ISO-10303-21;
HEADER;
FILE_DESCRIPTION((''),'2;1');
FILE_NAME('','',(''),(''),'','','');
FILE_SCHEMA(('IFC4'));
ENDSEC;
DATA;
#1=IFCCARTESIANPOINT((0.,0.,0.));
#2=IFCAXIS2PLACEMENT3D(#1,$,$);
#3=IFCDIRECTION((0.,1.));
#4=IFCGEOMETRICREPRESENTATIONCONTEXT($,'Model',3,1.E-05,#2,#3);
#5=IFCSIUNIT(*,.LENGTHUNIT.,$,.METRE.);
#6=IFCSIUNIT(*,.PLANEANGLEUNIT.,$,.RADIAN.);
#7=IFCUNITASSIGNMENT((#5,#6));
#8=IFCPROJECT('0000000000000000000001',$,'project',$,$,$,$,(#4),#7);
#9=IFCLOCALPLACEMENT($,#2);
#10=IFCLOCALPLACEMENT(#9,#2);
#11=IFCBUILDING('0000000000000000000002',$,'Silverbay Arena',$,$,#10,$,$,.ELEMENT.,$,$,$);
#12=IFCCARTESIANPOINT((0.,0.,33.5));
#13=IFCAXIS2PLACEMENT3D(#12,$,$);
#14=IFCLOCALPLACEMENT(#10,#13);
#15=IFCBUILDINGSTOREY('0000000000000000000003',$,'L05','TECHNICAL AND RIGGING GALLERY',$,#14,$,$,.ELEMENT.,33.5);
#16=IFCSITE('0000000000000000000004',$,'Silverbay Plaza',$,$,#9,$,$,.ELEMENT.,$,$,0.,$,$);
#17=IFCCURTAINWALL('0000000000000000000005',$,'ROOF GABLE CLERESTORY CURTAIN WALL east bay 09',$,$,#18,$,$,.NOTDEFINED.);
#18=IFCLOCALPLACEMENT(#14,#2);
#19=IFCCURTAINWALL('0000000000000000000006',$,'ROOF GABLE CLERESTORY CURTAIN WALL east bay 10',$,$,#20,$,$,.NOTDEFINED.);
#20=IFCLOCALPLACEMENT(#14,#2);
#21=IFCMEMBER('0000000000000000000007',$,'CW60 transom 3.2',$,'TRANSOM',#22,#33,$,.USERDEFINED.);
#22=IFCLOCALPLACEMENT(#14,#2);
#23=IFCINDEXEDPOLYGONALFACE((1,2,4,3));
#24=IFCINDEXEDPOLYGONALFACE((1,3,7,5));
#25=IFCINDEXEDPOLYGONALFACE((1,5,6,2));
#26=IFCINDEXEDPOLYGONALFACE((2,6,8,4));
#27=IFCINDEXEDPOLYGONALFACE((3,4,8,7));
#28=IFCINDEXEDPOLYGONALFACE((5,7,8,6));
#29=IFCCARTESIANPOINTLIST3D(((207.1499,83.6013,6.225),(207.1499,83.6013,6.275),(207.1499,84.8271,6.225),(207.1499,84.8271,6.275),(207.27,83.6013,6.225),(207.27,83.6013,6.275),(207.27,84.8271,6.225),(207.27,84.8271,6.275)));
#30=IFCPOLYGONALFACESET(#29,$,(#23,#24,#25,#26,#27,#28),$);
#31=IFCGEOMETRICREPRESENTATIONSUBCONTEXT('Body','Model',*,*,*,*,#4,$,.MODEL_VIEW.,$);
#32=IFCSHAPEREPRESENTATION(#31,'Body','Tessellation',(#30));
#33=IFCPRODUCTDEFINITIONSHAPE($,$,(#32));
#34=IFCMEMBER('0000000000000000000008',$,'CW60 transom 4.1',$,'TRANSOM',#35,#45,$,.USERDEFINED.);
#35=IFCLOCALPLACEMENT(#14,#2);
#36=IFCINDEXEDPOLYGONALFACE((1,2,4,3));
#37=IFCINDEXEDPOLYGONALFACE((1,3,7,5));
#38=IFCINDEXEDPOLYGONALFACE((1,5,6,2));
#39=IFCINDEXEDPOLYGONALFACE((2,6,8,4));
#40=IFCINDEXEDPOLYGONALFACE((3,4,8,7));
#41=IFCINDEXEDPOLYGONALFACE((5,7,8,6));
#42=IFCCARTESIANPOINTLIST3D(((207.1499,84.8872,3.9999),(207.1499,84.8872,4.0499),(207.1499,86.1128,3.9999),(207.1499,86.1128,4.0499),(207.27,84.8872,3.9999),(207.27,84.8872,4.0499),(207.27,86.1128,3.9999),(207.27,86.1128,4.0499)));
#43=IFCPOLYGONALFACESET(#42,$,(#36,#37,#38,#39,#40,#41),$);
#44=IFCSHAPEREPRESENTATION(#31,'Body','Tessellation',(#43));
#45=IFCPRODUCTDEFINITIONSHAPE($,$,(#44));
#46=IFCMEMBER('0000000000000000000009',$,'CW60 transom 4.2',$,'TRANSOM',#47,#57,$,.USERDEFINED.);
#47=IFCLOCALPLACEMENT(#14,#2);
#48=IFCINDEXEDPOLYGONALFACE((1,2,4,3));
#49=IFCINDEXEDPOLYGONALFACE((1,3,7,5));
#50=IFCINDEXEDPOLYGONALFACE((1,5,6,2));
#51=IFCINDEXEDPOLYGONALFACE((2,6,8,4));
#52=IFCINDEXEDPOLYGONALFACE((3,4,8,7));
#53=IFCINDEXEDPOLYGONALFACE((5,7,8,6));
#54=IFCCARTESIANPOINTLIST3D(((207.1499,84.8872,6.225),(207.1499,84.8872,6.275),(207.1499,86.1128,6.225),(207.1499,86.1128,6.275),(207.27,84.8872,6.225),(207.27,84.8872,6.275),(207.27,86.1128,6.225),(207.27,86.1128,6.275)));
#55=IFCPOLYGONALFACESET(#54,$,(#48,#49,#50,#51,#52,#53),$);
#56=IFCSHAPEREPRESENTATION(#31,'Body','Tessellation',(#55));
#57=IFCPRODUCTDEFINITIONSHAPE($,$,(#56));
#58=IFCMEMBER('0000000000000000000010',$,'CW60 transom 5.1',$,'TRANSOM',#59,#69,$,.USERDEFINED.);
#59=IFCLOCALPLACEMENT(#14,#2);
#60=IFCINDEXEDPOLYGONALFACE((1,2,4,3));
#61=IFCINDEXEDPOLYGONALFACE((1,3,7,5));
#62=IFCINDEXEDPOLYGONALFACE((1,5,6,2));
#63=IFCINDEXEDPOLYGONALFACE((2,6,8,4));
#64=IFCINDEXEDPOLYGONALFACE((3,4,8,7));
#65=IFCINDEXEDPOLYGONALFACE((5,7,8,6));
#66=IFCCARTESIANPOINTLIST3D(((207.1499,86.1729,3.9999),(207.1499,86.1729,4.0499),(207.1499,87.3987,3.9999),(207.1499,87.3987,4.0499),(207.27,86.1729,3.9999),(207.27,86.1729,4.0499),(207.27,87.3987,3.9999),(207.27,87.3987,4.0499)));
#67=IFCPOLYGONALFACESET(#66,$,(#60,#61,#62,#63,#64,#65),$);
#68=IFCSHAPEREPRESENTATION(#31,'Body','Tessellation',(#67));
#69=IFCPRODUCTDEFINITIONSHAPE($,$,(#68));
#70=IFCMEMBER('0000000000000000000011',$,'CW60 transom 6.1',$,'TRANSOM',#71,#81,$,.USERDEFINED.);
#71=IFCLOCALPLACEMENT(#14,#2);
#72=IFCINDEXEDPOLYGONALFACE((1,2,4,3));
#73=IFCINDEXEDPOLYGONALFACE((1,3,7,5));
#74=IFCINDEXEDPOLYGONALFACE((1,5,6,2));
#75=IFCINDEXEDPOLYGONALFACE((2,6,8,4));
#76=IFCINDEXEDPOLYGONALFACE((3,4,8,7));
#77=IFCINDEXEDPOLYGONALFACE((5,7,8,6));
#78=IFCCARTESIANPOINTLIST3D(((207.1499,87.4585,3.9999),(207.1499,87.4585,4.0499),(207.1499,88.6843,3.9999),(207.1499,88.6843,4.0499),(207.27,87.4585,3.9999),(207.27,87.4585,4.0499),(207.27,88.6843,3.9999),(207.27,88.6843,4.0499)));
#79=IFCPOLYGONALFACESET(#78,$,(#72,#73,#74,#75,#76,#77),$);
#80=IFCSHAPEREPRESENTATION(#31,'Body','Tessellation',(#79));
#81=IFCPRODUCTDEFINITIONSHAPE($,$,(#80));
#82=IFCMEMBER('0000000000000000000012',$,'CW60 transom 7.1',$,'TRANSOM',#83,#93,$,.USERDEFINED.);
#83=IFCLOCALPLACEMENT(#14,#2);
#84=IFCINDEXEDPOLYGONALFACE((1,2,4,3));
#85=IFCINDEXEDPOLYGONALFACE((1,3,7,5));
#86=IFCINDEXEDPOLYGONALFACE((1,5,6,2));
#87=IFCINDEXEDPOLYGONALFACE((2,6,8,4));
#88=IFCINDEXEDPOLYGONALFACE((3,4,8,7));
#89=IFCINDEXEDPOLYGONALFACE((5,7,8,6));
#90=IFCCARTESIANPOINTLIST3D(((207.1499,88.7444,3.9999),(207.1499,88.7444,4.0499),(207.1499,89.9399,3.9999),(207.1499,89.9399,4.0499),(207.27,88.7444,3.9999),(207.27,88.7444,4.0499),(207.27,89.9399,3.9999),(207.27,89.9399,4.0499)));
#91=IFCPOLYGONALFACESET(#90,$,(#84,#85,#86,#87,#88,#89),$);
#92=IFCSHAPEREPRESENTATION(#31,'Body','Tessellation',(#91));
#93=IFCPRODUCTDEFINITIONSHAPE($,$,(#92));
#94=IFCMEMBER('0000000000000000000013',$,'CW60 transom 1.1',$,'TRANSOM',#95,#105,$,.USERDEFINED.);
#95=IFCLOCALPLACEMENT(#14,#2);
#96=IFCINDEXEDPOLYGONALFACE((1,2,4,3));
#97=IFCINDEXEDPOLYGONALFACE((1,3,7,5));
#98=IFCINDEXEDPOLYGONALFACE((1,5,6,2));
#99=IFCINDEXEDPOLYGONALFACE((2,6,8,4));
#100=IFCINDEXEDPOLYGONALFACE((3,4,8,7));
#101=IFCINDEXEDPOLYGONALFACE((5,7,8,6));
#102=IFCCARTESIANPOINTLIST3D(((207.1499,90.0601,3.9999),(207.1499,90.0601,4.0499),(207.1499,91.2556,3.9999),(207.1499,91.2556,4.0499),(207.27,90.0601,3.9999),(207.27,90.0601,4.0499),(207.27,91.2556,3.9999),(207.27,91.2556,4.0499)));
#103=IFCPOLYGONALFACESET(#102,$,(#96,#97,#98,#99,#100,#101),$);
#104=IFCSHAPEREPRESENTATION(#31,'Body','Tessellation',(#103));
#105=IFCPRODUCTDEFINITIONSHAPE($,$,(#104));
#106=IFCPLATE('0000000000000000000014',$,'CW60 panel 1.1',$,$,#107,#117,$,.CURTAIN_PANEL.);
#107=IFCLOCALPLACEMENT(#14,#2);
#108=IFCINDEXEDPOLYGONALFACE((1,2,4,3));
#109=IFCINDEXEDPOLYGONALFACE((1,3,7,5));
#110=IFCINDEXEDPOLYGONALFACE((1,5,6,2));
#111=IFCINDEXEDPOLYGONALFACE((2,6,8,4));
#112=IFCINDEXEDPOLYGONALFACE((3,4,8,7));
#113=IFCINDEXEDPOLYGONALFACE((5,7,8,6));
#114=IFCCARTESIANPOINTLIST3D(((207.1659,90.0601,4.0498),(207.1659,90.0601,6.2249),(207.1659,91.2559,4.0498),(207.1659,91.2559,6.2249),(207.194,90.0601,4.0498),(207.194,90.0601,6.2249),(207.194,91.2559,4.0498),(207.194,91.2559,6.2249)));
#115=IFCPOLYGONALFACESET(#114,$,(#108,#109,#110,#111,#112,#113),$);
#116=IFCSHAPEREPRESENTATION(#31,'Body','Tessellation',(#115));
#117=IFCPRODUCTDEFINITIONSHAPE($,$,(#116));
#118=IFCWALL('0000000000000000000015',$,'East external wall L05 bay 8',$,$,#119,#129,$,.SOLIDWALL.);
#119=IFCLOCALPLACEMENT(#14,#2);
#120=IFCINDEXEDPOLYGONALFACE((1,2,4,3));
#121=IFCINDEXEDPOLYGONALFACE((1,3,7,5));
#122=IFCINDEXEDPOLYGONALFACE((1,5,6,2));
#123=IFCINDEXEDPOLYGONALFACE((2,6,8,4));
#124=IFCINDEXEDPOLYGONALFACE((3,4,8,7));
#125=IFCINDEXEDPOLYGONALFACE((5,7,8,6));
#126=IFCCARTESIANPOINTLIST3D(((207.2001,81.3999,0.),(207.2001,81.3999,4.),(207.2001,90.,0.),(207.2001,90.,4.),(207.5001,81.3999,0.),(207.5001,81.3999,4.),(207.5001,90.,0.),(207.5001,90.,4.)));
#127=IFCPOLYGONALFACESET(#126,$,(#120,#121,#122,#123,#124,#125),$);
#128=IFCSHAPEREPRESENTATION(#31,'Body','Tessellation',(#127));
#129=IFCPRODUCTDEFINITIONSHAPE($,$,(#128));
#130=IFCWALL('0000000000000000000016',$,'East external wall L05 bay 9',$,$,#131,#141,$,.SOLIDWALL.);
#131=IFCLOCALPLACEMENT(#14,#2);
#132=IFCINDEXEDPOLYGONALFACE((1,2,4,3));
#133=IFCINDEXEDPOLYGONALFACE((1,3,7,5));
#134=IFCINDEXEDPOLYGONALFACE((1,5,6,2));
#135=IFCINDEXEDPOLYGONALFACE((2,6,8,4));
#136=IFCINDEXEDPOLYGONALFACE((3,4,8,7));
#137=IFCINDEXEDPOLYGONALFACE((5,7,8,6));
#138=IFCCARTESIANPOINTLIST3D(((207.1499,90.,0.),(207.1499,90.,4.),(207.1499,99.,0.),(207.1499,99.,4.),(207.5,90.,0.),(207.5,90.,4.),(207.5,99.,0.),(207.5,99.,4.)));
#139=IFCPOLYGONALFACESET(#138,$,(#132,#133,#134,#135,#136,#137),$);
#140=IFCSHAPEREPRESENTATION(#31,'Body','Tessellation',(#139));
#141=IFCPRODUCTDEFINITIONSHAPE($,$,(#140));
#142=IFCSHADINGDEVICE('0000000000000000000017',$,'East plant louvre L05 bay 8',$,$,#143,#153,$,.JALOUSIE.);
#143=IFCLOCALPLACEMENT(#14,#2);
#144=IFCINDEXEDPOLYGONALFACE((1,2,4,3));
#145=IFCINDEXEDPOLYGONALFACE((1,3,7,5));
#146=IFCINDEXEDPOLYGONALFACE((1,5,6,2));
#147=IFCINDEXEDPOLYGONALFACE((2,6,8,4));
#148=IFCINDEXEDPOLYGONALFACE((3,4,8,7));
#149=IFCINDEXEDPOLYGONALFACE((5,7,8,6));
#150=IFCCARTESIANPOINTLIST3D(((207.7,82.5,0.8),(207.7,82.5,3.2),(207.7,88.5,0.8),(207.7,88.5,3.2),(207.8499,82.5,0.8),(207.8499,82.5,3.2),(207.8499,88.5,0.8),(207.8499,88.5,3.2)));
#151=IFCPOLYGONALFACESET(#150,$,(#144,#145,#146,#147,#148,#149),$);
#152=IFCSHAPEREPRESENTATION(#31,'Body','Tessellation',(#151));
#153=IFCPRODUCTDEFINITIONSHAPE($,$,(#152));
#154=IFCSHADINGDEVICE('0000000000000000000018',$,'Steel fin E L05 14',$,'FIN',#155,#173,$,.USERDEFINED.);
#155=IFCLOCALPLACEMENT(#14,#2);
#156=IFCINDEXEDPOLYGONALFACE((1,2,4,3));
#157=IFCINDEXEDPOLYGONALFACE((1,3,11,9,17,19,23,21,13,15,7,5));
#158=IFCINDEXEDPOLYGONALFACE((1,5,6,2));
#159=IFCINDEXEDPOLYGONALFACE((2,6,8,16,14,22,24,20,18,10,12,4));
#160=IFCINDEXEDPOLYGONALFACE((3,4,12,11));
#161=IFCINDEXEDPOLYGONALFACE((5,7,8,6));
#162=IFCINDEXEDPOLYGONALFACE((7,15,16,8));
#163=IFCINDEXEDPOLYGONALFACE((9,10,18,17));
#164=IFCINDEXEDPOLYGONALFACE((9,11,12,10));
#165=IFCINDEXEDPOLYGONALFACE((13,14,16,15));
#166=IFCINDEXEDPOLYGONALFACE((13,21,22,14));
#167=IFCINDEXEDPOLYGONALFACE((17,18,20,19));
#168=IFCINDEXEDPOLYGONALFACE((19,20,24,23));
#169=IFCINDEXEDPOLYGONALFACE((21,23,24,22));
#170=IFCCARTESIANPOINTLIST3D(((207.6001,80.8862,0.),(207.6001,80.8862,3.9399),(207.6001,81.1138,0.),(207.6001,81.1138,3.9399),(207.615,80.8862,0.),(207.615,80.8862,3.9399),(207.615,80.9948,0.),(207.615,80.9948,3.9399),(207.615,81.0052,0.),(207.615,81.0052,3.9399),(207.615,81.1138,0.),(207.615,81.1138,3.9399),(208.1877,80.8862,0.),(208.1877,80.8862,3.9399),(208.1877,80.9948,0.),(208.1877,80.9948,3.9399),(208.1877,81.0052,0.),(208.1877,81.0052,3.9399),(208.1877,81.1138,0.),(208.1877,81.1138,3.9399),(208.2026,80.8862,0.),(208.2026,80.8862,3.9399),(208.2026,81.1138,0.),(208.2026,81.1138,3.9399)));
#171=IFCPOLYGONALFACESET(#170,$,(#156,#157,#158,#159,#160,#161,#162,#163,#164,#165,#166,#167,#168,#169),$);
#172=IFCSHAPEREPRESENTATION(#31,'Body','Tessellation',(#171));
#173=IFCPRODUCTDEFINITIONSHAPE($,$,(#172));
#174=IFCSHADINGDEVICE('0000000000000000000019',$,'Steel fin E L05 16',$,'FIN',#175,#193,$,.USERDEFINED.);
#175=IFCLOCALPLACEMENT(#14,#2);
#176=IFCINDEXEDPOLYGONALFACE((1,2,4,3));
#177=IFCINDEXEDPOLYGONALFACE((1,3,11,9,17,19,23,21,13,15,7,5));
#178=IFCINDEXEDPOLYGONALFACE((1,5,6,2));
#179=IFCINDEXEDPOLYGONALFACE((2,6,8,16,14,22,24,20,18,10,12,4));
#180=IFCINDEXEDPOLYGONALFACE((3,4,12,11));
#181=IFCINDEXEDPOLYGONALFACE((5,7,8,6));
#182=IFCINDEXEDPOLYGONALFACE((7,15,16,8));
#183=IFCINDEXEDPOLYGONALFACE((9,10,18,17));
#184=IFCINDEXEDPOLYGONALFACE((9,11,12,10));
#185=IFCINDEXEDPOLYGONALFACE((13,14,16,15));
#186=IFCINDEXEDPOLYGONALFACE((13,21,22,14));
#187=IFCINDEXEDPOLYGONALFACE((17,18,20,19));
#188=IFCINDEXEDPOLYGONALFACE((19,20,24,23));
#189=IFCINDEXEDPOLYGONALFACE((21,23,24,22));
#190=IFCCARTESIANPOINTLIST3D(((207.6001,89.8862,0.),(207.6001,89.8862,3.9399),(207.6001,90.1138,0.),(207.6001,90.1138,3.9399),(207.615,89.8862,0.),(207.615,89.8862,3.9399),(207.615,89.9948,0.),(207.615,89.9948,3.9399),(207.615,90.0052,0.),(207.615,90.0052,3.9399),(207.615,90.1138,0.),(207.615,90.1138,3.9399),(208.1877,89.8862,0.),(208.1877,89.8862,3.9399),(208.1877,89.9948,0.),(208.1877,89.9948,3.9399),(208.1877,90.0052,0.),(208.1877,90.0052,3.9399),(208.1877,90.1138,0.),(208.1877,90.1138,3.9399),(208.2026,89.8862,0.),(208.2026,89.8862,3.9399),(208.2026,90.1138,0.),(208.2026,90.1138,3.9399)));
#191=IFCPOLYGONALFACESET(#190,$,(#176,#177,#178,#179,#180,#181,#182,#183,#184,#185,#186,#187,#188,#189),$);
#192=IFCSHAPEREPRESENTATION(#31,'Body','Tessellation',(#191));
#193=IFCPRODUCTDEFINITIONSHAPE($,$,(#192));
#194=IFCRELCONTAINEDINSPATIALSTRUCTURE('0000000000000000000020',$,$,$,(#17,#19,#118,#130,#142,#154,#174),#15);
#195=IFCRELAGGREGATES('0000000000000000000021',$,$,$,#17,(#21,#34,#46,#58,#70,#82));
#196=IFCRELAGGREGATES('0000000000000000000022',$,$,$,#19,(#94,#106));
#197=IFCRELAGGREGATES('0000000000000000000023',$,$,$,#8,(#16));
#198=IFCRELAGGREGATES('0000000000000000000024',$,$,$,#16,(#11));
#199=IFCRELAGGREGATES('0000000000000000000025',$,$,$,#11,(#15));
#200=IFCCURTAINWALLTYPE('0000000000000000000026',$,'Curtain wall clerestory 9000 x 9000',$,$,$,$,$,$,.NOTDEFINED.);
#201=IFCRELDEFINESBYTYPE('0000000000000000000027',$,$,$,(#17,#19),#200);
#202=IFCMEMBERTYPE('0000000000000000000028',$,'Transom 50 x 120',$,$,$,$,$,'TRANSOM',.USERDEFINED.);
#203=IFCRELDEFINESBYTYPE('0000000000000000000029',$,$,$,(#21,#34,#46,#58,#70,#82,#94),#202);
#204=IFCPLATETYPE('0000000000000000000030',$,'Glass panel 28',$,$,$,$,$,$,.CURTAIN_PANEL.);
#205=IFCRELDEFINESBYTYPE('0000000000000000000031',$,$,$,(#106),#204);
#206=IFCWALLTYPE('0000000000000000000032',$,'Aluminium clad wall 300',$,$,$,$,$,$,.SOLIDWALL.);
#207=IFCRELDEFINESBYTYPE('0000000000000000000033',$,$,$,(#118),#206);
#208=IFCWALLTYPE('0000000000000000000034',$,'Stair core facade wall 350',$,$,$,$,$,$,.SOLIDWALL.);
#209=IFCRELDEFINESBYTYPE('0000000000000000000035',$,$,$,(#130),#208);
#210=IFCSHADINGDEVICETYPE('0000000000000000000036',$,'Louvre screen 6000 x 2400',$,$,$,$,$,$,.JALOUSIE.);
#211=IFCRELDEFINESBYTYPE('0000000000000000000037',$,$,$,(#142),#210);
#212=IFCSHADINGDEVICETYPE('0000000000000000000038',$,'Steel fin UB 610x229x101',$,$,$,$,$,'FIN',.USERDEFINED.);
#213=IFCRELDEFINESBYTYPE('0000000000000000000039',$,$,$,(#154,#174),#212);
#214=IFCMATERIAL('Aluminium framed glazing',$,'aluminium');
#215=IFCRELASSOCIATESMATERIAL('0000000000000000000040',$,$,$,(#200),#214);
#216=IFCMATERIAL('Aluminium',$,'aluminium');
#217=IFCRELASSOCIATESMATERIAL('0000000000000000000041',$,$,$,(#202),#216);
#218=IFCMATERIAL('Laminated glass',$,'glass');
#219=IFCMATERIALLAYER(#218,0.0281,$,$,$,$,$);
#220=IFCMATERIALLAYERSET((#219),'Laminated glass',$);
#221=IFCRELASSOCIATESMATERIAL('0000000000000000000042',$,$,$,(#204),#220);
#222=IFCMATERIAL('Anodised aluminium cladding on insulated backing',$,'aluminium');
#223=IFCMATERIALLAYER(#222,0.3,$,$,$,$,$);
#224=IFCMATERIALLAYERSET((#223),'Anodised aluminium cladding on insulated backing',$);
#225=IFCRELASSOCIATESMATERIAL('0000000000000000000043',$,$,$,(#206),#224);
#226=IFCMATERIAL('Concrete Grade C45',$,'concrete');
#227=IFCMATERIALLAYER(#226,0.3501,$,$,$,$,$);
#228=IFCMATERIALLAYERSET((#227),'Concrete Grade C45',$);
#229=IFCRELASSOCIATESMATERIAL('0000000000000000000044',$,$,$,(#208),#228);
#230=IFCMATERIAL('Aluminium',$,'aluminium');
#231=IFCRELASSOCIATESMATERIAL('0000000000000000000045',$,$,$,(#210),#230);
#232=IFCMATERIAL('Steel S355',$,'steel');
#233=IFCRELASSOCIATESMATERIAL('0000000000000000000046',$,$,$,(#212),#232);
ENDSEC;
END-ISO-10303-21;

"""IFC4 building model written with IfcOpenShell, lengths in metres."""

from ifc_helpers import new_model, si_unit, direction, frame, frame_2d, origin, origin_2d, place, context, subcontext, project, spatial, rectangle, i_section, extrude, material, layer, layer_set, material_profile, profile_set, type_object, element, aggregate, save


model = new_model("IFC4")

# Units and contexts
model_context = context("Model", 3, precision=1e-05, world=origin(), true_north=direction((0.0, 1.0)))
body_context = subcontext(model_context, "Body", "Model", "MODEL_VIEW")
ifc_project = project(units=[si_unit("LENGTHUNIT", "METRE"), si_unit("PLANEANGLEUNIT", "RADIAN")], contexts=[model_context])

# Site, building, storey
site_placement = place(None, origin())
site = spatial("IfcSite", under=ifc_project, at=site_placement, Name="Silverbay Plaza", CompositionType="ELEMENT", RefElevation=0.0)
building_placement = place(site_placement, origin())
building = spatial("IfcBuilding", under=site, at=building_placement, Name="Silverbay Arena", CompositionType="ELEMENT")
storey_placement = place(building_placement, frame((0.0, 0.0, 33.5)))
storey = spatial("IfcBuildingStorey", under=building, at=storey_placement, Name="L05", Description="TECHNICAL AND RIGGING GALLERY", CompositionType="ELEMENT", Elevation=33.5)

# Shared definitions
ifc_material_1 = material(Name="Aluminium framed glazing", Category="aluminium")
curtain_wall_type = type_object("IfcCurtainWallType", Name="Curtain wall clerestory 9000 x 9000", PredefinedType="NOTDEFINED", material=ifc_material_1)

# Curtain wall
curtain_wall_1_placement = place(storey_placement, origin())
curtain_wall_1 = element("IfcCurtainWall", 1, at=curtain_wall_1_placement, inside=storey, type_object=curtain_wall_type, Name="ROOF GABLE CLERESTORY CURTAIN WALL east bay 09", PredefinedType="NOTDEFINED")

# Curtain wall
curtain_wall_2_placement = place(storey_placement, origin())
curtain_wall_2 = element("IfcCurtainWall", 2, at=curtain_wall_2_placement, inside=storey, type_object=curtain_wall_type, Name="ROOF GABLE CLERESTORY CURTAIN WALL east bay 10", PredefinedType="NOTDEFINED")

# Members
ifc_material_2 = material(Name="Aluminium", Category="aluminium")
ifc_material_profile_1 = material_profile(ifc_material_2, rectangle(XDim=0.1201, YDim=0.05, at=origin_2d()), Name="Transom 50 x 120")
ifc_profile_set_1 = profile_set([ifc_material_profile_1], Name="Aluminium")
member_type_1 = type_object("IfcMemberType", Name="Transom 50 x 120", ElementType="TRANSOM", PredefinedType="USERDEFINED", material=ifc_profile_set_1)
member_1_placement = place(storey_placement, frame((207.21, 83.6013, 6.25), z_axis=(0.0, 1.0, 0.0), x_axis=(-1.0, 0.0, 0.0)))
member_1 = element("IfcMember", 3, at=member_1_placement, type_object=member_type_1, Name="CW60 transom 3.2", ObjectType="TRANSOM", PredefinedType="USERDEFINED", context=body_context, shape_type="SweptSolid", body=[
    extrude(rectangle(XDim=0.1201, YDim=0.05, at=origin_2d()), origin(), (0.0, 0.0, 1.0), 1.2258),
])
member_2_placement = place(storey_placement, frame((207.21, 84.8872, 4.0249), z_axis=(0.0, 1.0, 0.0), x_axis=(-1.0, 0.0, 0.0)))
member_2 = element("IfcMember", 4, at=member_2_placement, type_object=member_type_1, Name="CW60 transom 4.1", ObjectType="TRANSOM", PredefinedType="USERDEFINED", context=body_context, shape_type="SweptSolid", body=[
    extrude(rectangle(XDim=0.1201, YDim=0.05, at=origin_2d()), origin(), (0.0, 0.0, 1.0), 1.2256),
])
member_3_placement = place(storey_placement, frame((207.21, 84.8872, 6.25), z_axis=(0.0, 1.0, 0.0), x_axis=(-1.0, 0.0, 0.0)))
member_3 = element("IfcMember", 5, at=member_3_placement, type_object=member_type_1, Name="CW60 transom 4.2", ObjectType="TRANSOM", PredefinedType="USERDEFINED", context=body_context, shape_type="SweptSolid", body=[
    extrude(rectangle(XDim=0.1201, YDim=0.05, at=origin_2d()), origin(), (0.0, 0.0, 1.0), 1.2256),
])
member_4_placement = place(storey_placement, frame((207.21, 86.1729, 4.0249), z_axis=(0.0, 1.0, 0.0), x_axis=(-1.0, 0.0, 0.0)))
member_4 = element("IfcMember", 6, at=member_4_placement, type_object=member_type_1, Name="CW60 transom 5.1", ObjectType="TRANSOM", PredefinedType="USERDEFINED", context=body_context, shape_type="SweptSolid", body=[
    extrude(rectangle(XDim=0.1201, YDim=0.05, at=origin_2d()), origin(), (0.0, 0.0, 1.0), 1.2258),
])
member_5_placement = place(storey_placement, frame((207.21, 87.4585, 4.0249), z_axis=(0.0, 1.0, 0.0), x_axis=(-1.0, 0.0, 0.0)))
member_5 = element("IfcMember", 7, at=member_5_placement, type_object=member_type_1, Name="CW60 transom 6.1", ObjectType="TRANSOM", PredefinedType="USERDEFINED", context=body_context, shape_type="SweptSolid", body=[
    extrude(rectangle(XDim=0.1201, YDim=0.05, at=origin_2d()), origin(), (0.0, 0.0, 1.0), 1.2258),
])
member_6_placement = place(storey_placement, frame((207.21, 88.7444, 4.0249), z_axis=(0.0, 1.0, 0.0), x_axis=(-1.0, 0.0, 0.0)))
member_6 = element("IfcMember", 8, at=member_6_placement, type_object=member_type_1, Name="CW60 transom 7.1", ObjectType="TRANSOM", PredefinedType="USERDEFINED", context=body_context, shape_type="SweptSolid", body=[
    extrude(rectangle(XDim=0.1201, YDim=0.05, at=origin_2d()), origin(), (0.0, 0.0, 1.0), 1.1956),
])
aggregate(curtain_wall_1, [member_1, member_2, member_3, member_4, member_5, member_6])
member_7_placement = place(storey_placement, frame((207.21, 90.0601, 4.0249), z_axis=(0.0, 1.0, 0.0), x_axis=(-1.0, 0.0, 0.0)))
member_7 = element("IfcMember", 9, at=member_7_placement, type_object=member_type_1, Name="CW60 transom 1.1", ObjectType="TRANSOM", PredefinedType="USERDEFINED", context=body_context, shape_type="SweptSolid", body=[
    extrude(rectangle(XDim=0.1201, YDim=0.05, at=origin_2d()), origin(), (0.0, 0.0, 1.0), 1.1956),
])

# Plate
ifc_material_3 = material(Name="Laminated glass", Category="glass")
ifc_layer_1 = layer(ifc_material_3, 0.0281)
ifc_layer_set_1 = layer_set([ifc_layer_1], Name="Laminated glass")
plate_type = type_object("IfcPlateType", Name="Glass panel 28", PredefinedType="CURTAIN_PANEL", material=ifc_layer_set_1)
plate_placement = place(storey_placement, frame((207.1799, 90.658, 4.0498), z_axis=(0.0, 0.0, 1.0), x_axis=(0.0, 1.0, 0.0)))
plate = element("IfcPlate", 10, at=plate_placement, type_object=plate_type, Name="CW60 panel 1.1", PredefinedType="CURTAIN_PANEL", context=body_context, shape_type="SweptSolid", body=[
    extrude(rectangle(XDim=1.1958, YDim=0.0281, at=origin_2d()), origin(), (0.0, 0.0, 1.0), 2.175),
])
aggregate(curtain_wall_2, [member_7, plate])

# Walls
ifc_material_4 = material(Name="Anodised aluminium cladding on insulated backing", Category="aluminium")
ifc_layer_2 = layer(ifc_material_4, 0.3)
ifc_layer_set_2 = layer_set([ifc_layer_2], Name="Anodised aluminium cladding on insulated backing")
wall_type_1 = type_object("IfcWallType", Name="Aluminium clad wall 300", PredefinedType="SOLIDWALL", material=ifc_layer_set_2)
wall_1_placement = place(storey_placement, frame((207.3501, 81.3999, 0.0), z_axis=(0.0, 0.0, 1.0), x_axis=(0.0, 1.0, 0.0)))
element("IfcWall", 11, at=wall_1_placement, inside=storey, type_object=wall_type_1, Name="East external wall L05 bay 8", PredefinedType="SOLIDWALL", context=body_context, shape_type="SweptSolid", body=[
    extrude(rectangle(XDim=8.6001, YDim=0.3, at=frame_2d((4.3, 0.0))), origin(), (0.0, 0.0, 1.0), 4.0),
])
ifc_material_5 = material(Name="Concrete Grade C45", Category="concrete")
ifc_layer_3 = layer(ifc_material_5, 0.3501)
ifc_layer_set_3 = layer_set([ifc_layer_3], Name="Concrete Grade C45")
wall_type_2 = type_object("IfcWallType", Name="Stair core facade wall 350", PredefinedType="SOLIDWALL", material=ifc_layer_set_3)
wall_2_placement = place(storey_placement, frame((207.325, 90.0, 0.0), z_axis=(0.0, 0.0, 1.0), x_axis=(0.0, 1.0, 0.0)))
element("IfcWall", 12, at=wall_2_placement, inside=storey, type_object=wall_type_2, Name="East external wall L05 bay 9", PredefinedType="SOLIDWALL", context=body_context, shape_type="SweptSolid", body=[
    extrude(rectangle(XDim=9.0, YDim=0.3501, at=frame_2d((4.5, 0.0))), origin(), (0.0, 0.0, 1.0), 4.0),
])

# Shading devices
ifc_material_6 = material(Name="Aluminium", Category="aluminium")
shading_device_type_1 = type_object("IfcShadingDeviceType", Name="Louvre screen 6000 x 2400", PredefinedType="JALOUSIE", material=ifc_material_6)
shading_device_placement = place(storey_placement, frame((207.7749, 85.5, 0.8), z_axis=(0.0, 0.0, 1.0), x_axis=(0.0, 1.0, 0.0)))
element("IfcShadingDevice", 13, at=shading_device_placement, inside=storey, type_object=shading_device_type_1, Name="East plant louvre L05 bay 8", PredefinedType="JALOUSIE", context=body_context, shape_type="SweptSolid", body=[
    extrude(rectangle(XDim=6.0, YDim=0.1499, at=origin_2d()), origin(), (0.0, 0.0, 1.0), 2.3999),
])
ifc_material_7 = material(Name="Steel S355", Category="steel")
ifc_material_profile_2 = material_profile(ifc_material_7, i_section(OverallWidth=0.2275, OverallDepth=0.6025, WebThickness=0.0105, FlangeThickness=0.0149, at=origin_2d()), Name="UB 610x229x101")
ifc_profile_set_2 = profile_set([ifc_material_profile_2], Name="Steel S355")
shading_device_type_2 = type_object("IfcShadingDeviceType", Name="Steel fin UB 610x229x101", ElementType="FIN", PredefinedType="USERDEFINED", material=ifc_profile_set_2)
for number, where, z_axis, x_axis, name in (
    (14, (207.9014, 81.0, 0.0), (0.0, 0.0, 1.0), (0.0, 1.0, 0.0), "Steel fin E L05 14"),
    (15, (207.9014, 90.0, 0.0), (0.0, 0.0, 1.0), (0.0, 1.0, 0.0), "Steel fin E L05 16"),
):
    element("IfcShadingDevice", number, at=place(storey_placement, frame(where, z_axis=z_axis, x_axis=x_axis)), inside=storey, type_object=shading_device_type_2, Name=name, ObjectType="FIN", PredefinedType="USERDEFINED", context=body_context, shape_type="SweptSolid", body=[
        extrude(i_section(OverallWidth=0.2275, OverallDepth=0.6025, WebThickness=0.0105, FlangeThickness=0.0149, at=origin_2d()), origin(), (0.0, 0.0, 1.0), 3.9399),
    ])

save(model, "model.ifc")
